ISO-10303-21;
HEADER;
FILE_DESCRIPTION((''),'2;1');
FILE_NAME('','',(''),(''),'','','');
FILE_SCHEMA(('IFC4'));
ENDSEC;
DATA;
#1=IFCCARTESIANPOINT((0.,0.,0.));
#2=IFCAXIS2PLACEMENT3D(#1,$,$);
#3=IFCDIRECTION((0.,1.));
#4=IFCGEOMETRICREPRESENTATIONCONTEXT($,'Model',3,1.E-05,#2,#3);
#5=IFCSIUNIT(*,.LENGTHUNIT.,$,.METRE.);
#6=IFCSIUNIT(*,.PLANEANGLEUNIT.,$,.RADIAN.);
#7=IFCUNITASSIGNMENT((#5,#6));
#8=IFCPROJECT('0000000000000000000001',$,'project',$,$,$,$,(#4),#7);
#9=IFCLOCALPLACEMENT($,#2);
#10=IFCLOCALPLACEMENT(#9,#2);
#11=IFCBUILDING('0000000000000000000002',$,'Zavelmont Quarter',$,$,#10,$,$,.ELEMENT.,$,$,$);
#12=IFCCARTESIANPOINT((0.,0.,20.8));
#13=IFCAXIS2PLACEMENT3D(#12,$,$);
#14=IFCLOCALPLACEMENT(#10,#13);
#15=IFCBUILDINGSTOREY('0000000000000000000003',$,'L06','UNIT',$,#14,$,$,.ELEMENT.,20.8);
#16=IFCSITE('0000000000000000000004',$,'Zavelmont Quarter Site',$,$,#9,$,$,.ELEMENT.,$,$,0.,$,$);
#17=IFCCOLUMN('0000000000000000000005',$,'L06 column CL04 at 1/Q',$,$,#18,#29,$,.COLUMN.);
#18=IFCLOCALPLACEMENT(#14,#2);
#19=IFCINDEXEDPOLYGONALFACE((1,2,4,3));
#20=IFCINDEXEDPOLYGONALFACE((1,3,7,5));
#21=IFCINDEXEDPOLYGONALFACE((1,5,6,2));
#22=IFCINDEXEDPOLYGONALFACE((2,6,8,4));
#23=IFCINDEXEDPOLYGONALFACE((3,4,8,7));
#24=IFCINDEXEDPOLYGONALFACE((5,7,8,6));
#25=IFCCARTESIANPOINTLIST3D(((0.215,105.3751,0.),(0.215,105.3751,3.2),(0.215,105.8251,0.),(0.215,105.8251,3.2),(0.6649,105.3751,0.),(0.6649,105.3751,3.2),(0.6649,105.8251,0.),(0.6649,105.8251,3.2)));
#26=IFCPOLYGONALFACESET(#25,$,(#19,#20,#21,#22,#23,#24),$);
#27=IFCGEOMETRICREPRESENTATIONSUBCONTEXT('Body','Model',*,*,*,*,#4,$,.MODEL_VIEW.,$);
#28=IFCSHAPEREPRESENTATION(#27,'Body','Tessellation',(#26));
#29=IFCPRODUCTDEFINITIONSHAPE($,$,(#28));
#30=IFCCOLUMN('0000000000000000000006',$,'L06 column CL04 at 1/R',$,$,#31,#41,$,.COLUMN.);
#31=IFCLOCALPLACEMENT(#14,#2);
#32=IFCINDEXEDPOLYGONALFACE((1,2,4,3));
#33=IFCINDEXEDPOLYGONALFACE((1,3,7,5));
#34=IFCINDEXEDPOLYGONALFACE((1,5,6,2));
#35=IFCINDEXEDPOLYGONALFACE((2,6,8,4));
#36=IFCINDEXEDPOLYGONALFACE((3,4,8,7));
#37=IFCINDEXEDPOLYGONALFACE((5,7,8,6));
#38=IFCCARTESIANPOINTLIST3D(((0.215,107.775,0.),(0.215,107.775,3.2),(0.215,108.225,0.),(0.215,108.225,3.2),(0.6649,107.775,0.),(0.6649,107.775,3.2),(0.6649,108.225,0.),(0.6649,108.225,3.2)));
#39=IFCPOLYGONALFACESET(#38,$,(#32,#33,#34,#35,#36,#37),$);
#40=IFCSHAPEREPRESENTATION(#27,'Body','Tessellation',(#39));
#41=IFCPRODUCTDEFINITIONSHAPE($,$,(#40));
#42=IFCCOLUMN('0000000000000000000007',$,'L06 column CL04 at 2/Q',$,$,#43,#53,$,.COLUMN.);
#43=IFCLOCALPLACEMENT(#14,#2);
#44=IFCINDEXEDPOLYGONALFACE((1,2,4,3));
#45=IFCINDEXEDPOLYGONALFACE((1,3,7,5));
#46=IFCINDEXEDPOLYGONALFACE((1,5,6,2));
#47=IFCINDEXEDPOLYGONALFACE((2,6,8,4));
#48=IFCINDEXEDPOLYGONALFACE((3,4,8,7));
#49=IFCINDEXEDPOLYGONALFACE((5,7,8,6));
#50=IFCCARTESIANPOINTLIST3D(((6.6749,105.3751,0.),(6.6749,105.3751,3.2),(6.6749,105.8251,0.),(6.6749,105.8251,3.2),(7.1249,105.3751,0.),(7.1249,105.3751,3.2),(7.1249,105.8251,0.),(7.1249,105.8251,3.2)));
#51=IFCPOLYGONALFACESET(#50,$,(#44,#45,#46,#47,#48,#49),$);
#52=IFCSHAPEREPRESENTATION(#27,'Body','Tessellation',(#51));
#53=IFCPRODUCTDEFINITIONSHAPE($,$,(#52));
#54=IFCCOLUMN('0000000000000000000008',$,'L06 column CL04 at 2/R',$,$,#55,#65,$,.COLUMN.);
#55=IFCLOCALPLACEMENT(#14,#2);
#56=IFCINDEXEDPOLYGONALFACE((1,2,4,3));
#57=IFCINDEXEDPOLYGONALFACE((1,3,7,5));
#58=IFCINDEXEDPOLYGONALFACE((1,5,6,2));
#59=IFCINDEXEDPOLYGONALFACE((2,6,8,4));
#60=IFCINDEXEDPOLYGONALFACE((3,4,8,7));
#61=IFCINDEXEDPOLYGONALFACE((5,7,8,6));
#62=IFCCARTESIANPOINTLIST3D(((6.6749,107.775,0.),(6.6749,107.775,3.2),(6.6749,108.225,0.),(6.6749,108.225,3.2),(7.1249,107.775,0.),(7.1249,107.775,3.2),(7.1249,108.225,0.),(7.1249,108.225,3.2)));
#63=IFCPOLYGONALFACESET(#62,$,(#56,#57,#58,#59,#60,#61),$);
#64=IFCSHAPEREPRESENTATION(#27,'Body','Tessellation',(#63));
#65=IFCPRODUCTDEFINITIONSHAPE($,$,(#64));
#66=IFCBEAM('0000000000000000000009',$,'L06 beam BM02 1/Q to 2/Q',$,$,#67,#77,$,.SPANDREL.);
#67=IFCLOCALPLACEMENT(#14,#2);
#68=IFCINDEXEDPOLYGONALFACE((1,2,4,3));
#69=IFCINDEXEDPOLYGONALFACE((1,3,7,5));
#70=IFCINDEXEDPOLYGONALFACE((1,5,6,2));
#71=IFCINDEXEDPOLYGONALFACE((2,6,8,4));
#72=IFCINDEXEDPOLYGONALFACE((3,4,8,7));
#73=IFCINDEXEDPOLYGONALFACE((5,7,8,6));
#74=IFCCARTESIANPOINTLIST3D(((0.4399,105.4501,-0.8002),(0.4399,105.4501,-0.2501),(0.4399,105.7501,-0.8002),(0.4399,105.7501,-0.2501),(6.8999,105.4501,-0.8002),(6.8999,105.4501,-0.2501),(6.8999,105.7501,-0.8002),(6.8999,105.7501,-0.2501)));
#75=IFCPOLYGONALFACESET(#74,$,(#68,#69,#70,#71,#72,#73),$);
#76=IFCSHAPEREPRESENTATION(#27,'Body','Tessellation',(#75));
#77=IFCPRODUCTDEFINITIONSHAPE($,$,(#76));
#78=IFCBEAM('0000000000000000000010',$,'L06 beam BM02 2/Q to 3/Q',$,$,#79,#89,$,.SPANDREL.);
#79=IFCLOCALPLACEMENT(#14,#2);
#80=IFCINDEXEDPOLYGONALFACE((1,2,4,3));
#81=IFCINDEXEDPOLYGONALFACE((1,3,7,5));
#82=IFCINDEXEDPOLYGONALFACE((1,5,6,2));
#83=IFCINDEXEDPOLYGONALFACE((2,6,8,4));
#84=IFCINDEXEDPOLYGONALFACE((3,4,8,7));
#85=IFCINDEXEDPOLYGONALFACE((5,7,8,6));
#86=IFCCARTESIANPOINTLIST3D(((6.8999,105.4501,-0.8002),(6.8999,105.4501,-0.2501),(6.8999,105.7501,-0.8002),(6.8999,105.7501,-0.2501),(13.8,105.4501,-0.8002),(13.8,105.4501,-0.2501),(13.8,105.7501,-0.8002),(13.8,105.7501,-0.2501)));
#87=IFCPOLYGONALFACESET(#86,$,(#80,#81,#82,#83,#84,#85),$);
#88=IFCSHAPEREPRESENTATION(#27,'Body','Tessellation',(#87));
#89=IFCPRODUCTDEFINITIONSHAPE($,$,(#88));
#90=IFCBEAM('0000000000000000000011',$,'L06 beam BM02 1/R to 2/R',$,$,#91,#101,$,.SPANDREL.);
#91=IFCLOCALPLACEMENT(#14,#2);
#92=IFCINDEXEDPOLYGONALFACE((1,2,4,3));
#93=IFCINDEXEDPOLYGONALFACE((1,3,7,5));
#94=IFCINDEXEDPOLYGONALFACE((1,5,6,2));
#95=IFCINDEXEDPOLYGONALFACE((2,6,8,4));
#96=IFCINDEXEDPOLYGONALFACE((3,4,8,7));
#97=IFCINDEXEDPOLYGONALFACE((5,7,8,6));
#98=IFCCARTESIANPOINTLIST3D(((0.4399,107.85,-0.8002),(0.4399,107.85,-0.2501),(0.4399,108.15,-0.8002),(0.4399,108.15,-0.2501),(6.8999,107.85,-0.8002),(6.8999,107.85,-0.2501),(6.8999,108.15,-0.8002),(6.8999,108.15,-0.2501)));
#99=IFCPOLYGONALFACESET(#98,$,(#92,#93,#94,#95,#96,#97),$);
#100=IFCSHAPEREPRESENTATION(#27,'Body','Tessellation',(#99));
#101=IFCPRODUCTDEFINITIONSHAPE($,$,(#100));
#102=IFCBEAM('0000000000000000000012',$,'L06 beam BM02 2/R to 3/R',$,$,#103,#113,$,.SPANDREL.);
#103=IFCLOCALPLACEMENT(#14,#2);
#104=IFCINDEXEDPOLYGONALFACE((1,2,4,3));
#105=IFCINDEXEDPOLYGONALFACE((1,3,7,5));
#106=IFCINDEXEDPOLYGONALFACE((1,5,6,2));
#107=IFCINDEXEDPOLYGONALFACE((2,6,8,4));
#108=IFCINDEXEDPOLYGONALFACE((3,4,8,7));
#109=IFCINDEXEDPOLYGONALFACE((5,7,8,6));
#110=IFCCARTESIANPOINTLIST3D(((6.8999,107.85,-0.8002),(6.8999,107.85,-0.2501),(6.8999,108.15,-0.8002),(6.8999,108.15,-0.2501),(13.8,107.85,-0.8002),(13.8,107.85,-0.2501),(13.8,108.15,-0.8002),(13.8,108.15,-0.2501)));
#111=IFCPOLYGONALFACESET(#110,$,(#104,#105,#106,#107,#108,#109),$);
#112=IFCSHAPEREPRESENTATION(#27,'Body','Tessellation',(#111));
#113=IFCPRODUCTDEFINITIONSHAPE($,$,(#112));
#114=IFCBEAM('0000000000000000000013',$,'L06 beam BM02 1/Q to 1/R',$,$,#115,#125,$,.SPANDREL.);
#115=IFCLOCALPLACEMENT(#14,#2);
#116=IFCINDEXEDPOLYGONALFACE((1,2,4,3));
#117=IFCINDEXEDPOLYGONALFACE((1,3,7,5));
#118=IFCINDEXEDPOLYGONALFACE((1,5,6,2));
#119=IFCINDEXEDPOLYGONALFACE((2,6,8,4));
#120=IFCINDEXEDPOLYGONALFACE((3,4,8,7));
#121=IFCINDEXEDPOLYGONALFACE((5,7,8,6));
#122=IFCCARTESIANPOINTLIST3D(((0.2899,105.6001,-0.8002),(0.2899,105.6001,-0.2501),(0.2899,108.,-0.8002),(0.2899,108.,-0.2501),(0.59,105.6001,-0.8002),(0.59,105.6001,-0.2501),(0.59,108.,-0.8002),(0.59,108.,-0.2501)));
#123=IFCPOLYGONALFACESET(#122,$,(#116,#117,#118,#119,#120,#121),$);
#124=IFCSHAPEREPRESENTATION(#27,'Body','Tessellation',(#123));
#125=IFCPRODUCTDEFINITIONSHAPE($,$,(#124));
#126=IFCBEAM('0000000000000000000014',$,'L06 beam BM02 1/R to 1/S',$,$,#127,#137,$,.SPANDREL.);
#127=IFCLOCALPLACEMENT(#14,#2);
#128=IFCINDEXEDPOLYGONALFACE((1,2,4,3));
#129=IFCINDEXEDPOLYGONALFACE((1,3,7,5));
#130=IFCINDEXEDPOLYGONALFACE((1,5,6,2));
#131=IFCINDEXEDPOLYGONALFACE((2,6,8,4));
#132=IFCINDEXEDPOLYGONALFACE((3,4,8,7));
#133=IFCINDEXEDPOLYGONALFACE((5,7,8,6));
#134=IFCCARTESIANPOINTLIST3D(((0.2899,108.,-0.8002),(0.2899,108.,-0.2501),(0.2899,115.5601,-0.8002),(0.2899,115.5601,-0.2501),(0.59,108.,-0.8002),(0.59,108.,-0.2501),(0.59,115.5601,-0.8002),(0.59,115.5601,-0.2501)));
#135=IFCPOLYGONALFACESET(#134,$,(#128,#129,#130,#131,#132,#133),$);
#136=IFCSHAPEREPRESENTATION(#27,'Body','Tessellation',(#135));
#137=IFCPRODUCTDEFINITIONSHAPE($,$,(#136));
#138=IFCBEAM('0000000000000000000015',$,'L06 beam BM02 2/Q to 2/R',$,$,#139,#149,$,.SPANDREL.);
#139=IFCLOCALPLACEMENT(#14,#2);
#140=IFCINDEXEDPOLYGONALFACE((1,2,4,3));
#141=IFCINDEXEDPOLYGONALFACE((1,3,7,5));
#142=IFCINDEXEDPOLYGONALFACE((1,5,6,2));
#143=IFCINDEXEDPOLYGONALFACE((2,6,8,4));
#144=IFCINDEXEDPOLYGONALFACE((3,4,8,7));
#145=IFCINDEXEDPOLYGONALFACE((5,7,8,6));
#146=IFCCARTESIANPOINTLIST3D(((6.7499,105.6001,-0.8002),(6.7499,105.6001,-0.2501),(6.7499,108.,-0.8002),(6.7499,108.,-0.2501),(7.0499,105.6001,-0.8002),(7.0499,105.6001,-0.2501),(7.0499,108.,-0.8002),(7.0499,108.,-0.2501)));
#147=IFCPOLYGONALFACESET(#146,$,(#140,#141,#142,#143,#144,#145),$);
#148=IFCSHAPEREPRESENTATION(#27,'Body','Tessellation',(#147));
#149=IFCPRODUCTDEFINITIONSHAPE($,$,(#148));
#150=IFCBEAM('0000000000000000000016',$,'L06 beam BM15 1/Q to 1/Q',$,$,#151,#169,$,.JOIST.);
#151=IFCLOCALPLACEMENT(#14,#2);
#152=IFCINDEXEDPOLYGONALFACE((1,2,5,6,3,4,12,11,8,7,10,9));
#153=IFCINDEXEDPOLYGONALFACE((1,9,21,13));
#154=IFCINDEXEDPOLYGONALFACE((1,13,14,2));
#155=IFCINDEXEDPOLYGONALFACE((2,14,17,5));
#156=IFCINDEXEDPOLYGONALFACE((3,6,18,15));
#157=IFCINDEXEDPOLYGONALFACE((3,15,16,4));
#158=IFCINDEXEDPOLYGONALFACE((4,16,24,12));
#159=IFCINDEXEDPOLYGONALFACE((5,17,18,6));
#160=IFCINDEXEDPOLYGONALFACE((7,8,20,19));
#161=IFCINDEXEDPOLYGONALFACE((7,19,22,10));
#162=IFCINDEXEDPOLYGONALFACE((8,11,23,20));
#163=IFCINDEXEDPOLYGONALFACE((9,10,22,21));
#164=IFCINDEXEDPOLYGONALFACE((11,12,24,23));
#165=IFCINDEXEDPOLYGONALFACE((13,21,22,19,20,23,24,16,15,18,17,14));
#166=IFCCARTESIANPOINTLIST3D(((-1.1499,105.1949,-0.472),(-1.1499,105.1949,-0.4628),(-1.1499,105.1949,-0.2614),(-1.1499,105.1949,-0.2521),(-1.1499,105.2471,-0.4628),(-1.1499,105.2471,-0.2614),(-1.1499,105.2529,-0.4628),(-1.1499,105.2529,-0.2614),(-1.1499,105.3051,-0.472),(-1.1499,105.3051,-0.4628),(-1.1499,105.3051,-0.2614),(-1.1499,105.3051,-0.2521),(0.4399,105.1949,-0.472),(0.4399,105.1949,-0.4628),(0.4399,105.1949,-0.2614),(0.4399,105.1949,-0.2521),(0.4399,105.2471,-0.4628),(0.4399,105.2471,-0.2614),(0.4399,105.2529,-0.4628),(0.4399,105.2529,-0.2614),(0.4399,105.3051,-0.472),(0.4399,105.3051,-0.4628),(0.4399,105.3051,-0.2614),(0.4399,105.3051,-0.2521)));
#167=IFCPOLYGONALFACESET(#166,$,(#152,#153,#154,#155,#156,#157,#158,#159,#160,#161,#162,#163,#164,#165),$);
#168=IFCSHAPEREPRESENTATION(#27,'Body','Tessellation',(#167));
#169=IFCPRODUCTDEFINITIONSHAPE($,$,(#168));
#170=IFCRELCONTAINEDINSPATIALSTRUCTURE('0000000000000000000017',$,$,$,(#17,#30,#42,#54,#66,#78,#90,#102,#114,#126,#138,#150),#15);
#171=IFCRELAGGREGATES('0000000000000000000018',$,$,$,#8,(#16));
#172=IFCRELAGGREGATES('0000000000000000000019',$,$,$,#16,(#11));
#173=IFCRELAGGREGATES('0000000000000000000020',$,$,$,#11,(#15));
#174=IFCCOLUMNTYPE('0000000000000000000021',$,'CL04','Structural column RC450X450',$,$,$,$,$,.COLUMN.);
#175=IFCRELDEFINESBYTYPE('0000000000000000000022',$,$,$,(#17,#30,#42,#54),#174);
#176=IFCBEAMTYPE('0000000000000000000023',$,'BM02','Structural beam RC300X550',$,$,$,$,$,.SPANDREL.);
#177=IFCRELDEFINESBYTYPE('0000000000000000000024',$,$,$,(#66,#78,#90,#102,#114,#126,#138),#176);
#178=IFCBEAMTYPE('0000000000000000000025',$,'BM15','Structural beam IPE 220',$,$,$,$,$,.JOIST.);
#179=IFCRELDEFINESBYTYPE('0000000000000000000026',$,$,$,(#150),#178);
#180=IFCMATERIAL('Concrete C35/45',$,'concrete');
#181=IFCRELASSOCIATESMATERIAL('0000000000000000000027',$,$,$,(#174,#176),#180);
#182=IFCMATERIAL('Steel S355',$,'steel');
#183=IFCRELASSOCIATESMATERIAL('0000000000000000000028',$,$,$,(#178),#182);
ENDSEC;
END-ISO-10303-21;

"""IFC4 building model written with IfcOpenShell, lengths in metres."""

from ifc_helpers import new_model, si_unit, direction, frame, origin, origin_2d, place, context, subcontext, project, spatial, rectangle, i_section, extrude, material, material_profile, profile_set, type_object, element, save


model = new_model("IFC4")

# Units and contexts
model_context = context("Model", 3, precision=1e-05, world=origin(), true_north=direction((0.0, 1.0)))
body_context = subcontext(model_context, "Body", "Model", "MODEL_VIEW")
ifc_project = project(units=[si_unit("LENGTHUNIT", "METRE"), si_unit("PLANEANGLEUNIT", "RADIAN")], contexts=[model_context])

# Site, building, storey
site_placement = place(None, origin())
site = spatial("IfcSite", under=ifc_project, at=site_placement, Name="Zavelmont Quarter Site", CompositionType="ELEMENT", RefElevation=0.0)
building_placement = place(site_placement, origin())
building = spatial("IfcBuilding", under=site, at=building_placement, Name="Zavelmont Quarter", CompositionType="ELEMENT")
storey_placement = place(building_placement, frame((0.0, 0.0, 20.8)))
storey = spatial("IfcBuildingStorey", under=building, at=storey_placement, Name="L06", Description="UNIT", CompositionType="ELEMENT", Elevation=20.8)

# Columns
ifc_material_1 = material(Name="Concrete C35/45", Category="concrete")
ifc_material_profile_1 = material_profile(ifc_material_1, rectangle(XDim=0.45, YDim=0.45, at=origin_2d()), Name="RC450X450")
ifc_profile_set_1 = profile_set([ifc_material_profile_1], Name="Concrete C35/45")
column_type = type_object("IfcColumnType", Name="CL04", Description="Structural column RC450X450", PredefinedType="COLUMN", material=ifc_profile_set_1)
for number, where, z_axis, x_axis, name in (
    (1, (0.4399, 105.6001, 0.0), (0.0, 0.0, 1.0), (1.0, 0.0, 0.0), "L06 column CL04 at 1/Q"),
    (2, (0.4399, 108.0, 0.0), (0.0, 0.0, 1.0), (1.0, 0.0, 0.0), "L06 column CL04 at 1/R"),
    (3, (6.8999, 105.6001, 0.0), (0.0, 0.0, 1.0), (1.0, 0.0, 0.0), "L06 column CL04 at 2/Q"),
    (4, (6.8999, 108.0, 0.0), (0.0, 0.0, 1.0), (1.0, 0.0, 0.0), "L06 column CL04 at 2/R"),
):
    element("IfcColumn", number, at=place(storey_placement, frame(where, z_axis=z_axis, x_axis=x_axis)), inside=storey, type_object=column_type, Name=name, PredefinedType="COLUMN", context=body_context, shape_type="SweptSolid", body=[
        extrude(rectangle(XDim=0.45, YDim=0.45, at=origin_2d()), origin(), (0.0, 0.0, 1.0), 3.2),
    ])

# Beams
ifc_material_profile_2 = material_profile(ifc_material_1, rectangle(XDim=0.3, YDim=0.55, at=origin_2d()), Name="RC300X550")
ifc_profile_set_2 = profile_set([ifc_material_profile_2], Name="Concrete C35/45")
beam_type_1 = type_object("IfcBeamType", Name="BM02", Description="Structural beam RC300X550", PredefinedType="SPANDREL", material=ifc_profile_set_2)
beam_1_placement = place(storey_placement, frame((0.4399, 105.6001, -0.5251), z_axis=(1.0, 0.0, 0.0), x_axis=(0.0, 1.0, 0.0)))
element("IfcBeam", 5, at=beam_1_placement, inside=storey, type_object=beam_type_1, Name="L06 beam BM02 1/Q to 2/Q", PredefinedType="SPANDREL", context=body_context, shape_type="SweptSolid", body=[
    extrude(rectangle(XDim=0.3, YDim=0.55, at=origin_2d()), origin(), (0.0, 0.0, 1.0), 6.46),
])
beam_2_placement = place(storey_placement, frame((6.8999, 105.6001, -0.5251), z_axis=(1.0, 0.0, 0.0), x_axis=(0.0, 1.0, 0.0)))
element("IfcBeam", 6, at=beam_2_placement, inside=storey, type_object=beam_type_1, Name="L06 beam BM02 2/Q to 3/Q", PredefinedType="SPANDREL", context=body_context, shape_type="SweptSolid", body=[
    extrude(rectangle(XDim=0.3, YDim=0.55, at=origin_2d()), origin(), (0.0, 0.0, 1.0), 6.9001),
])
beam_3_placement = place(storey_placement, frame((0.4399, 108.0, -0.5251), z_axis=(1.0, 0.0, 0.0), x_axis=(0.0, 1.0, 0.0)))
element("IfcBeam", 7, at=beam_3_placement, inside=storey, type_object=beam_type_1, Name="L06 beam BM02 1/R to 2/R", PredefinedType="SPANDREL", context=body_context, shape_type="SweptSolid", body=[
    extrude(rectangle(XDim=0.3, YDim=0.55, at=origin_2d()), origin(), (0.0, 0.0, 1.0), 6.46),
])
beam_4_placement = place(storey_placement, frame((6.8999, 108.0, -0.5251), z_axis=(1.0, 0.0, 0.0), x_axis=(0.0, 1.0, 0.0)))
element("IfcBeam", 8, at=beam_4_placement, inside=storey, type_object=beam_type_1, Name="L06 beam BM02 2/R to 3/R", PredefinedType="SPANDREL", context=body_context, shape_type="SweptSolid", body=[
    extrude(rectangle(XDim=0.3, YDim=0.55, at=origin_2d()), origin(), (0.0, 0.0, 1.0), 6.9001),
])
beam_5_placement = place(storey_placement, frame((0.4399, 105.6001, -0.5251), z_axis=(0.0, 1.0, 0.0), x_axis=(-1.0, 0.0, 0.0)))
element("IfcBeam", 9, at=beam_5_placement, inside=storey, type_object=beam_type_1, Name="L06 beam BM02 1/Q to 1/R", PredefinedType="SPANDREL", context=body_context, shape_type="SweptSolid", body=[
    extrude(rectangle(XDim=0.3, YDim=0.55, at=origin_2d()), origin(), (0.0, 0.0, 1.0), 2.3999),
])
beam_6_placement = place(storey_placement, frame((0.4399, 108.0, -0.5251), z_axis=(0.0, 1.0, 0.0), x_axis=(-1.0, 0.0, 0.0)))
element("IfcBeam", 10, at=beam_6_placement, inside=storey, type_object=beam_type_1, Name="L06 beam BM02 1/R to 1/S", PredefinedType="SPANDREL", context=body_context, shape_type="SweptSolid", body=[
    extrude(rectangle(XDim=0.3, YDim=0.55, at=origin_2d()), origin(), (0.0, 0.0, 1.0), 7.5601),
])
beam_7_placement = place(storey_placement, frame((6.8999, 105.6001, -0.5251), z_axis=(0.0, 1.0, 0.0), x_axis=(-1.0, 0.0, 0.0)))
element("IfcBeam", 11, at=beam_7_placement, inside=storey, type_object=beam_type_1, Name="L06 beam BM02 2/Q to 2/R", PredefinedType="SPANDREL", context=body_context, shape_type="SweptSolid", body=[
    extrude(rectangle(XDim=0.3, YDim=0.55, at=origin_2d()), origin(), (0.0, 0.0, 1.0), 2.3999),
])
ifc_material_2 = material(Name="Steel S355", Category="steel")
ifc_material_profile_3 = material_profile(ifc_material_2, i_section(OverallWidth=0.1101, OverallDepth=0.22, WebThickness=0.0059, FlangeThickness=0.0093, at=origin_2d()), Name="IPE 220")
ifc_profile_set_3 = profile_set([ifc_material_profile_3], Name="Steel S355")
beam_type_2 = type_object("IfcBeamType", Name="BM15", Description="Structural beam IPE 220", PredefinedType="JOIST", material=ifc_profile_set_3)
beam_8_placement = place(storey_placement, frame((0.4399, 105.25, -0.3621), z_axis=(-1.0, 0.0, 0.0), x_axis=(0.0, -1.0, 0.0)))
element("IfcBeam", 12, at=beam_8_placement, inside=storey, type_object=beam_type_2, Name="L06 beam BM15 1/Q to 1/Q", PredefinedType="JOIST", context=body_context, shape_type="SweptSolid", body=[
    extrude(i_section(OverallWidth=0.1101, OverallDepth=0.22, WebThickness=0.0059, FlangeThickness=0.0093, at=origin_2d()), origin(), (0.0, 0.0, 1.0), 1.5898),
])

save(model, "model.ifc")
